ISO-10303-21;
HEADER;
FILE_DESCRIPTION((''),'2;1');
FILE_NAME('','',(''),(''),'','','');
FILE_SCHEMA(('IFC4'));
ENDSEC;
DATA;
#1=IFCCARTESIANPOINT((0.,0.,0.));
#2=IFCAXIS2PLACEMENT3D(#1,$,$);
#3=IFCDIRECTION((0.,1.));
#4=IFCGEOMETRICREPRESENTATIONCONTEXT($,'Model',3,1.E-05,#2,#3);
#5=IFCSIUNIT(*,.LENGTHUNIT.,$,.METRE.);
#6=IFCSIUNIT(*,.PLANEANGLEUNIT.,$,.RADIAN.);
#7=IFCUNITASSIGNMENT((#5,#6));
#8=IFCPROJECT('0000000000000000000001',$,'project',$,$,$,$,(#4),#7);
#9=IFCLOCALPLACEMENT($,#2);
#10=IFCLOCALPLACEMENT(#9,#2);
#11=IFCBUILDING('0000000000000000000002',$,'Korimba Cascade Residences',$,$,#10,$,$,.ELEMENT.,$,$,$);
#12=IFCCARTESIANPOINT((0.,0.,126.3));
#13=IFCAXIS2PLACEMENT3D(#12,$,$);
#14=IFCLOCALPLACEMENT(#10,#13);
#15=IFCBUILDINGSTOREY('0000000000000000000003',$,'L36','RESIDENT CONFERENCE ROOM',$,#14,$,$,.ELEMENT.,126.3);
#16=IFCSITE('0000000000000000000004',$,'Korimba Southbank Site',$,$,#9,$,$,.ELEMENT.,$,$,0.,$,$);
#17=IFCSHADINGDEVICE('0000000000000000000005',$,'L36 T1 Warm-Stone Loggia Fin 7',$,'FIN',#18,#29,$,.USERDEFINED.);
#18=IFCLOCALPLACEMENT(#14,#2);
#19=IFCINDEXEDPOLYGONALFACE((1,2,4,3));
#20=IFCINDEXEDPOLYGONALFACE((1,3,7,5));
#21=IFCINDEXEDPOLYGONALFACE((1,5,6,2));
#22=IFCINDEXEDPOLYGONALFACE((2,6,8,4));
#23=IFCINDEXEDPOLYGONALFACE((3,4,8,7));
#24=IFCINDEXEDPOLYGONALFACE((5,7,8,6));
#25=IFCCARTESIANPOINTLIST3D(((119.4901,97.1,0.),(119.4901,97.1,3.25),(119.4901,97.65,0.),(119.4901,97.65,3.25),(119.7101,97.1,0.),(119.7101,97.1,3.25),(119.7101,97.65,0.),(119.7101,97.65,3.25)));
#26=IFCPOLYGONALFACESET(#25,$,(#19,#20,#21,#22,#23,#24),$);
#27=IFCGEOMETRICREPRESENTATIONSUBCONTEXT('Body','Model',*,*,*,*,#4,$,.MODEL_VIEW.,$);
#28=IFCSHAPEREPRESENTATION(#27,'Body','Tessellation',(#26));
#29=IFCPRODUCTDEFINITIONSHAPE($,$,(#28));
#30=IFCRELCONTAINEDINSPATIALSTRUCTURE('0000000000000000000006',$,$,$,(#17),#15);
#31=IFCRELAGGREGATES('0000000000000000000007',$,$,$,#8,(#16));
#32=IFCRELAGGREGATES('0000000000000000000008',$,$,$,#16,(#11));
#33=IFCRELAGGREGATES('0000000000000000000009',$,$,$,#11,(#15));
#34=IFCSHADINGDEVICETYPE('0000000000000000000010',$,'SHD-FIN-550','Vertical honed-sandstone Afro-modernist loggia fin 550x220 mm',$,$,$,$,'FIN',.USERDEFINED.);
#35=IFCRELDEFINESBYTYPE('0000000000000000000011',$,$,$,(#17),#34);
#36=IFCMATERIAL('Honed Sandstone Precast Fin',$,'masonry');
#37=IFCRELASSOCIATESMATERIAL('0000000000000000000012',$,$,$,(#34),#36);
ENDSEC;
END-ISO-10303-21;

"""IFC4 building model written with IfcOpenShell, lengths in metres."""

from ifc_helpers import new_model, si_unit, direction, frame, origin, origin_2d, place, context, subcontext, project, spatial, rectangle, extrude, material, type_object, element, save


model = new_model("IFC4")

# Units and contexts
model_context = context("Model", 3, precision=1e-05, world=origin(), true_north=direction((0.0, 1.0)))
body_context = subcontext(model_context, "Body", "Model", "MODEL_VIEW")
ifc_project = project(units=[si_unit("LENGTHUNIT", "METRE"), si_unit("PLANEANGLEUNIT", "RADIAN")], contexts=[model_context])

# Site, building, storey
site_placement = place(None, origin())
site = spatial("IfcSite", under=ifc_project, at=site_placement, Name="Korimba Southbank Site", CompositionType="ELEMENT", RefElevation=0.0)
building_placement = place(site_placement, origin())
building = spatial("IfcBuilding", under=site, at=building_placement, Name="Korimba Cascade Residences", CompositionType="ELEMENT")
storey_placement = place(building_placement, frame((0.0, 0.0, 126.3)))
storey = spatial("IfcBuildingStorey", under=building, at=storey_placement, Name="L36", Description="RESIDENT CONFERENCE ROOM", CompositionType="ELEMENT", Elevation=126.3)

# Shading device
ifc_material_1 = material(Name="Honed Sandstone Precast Fin", Category="masonry")
shading_device_type = type_object("IfcShadingDeviceType", Name="SHD-FIN-550", Description="Vertical honed-sandstone Afro-modernist loggia fin 550x220 mm", ElementType="FIN", PredefinedType="USERDEFINED", material=ifc_material_1)
shading_device_placement = place(storey_placement, frame((119.6001, 97.375, 0.0), z_axis=(0.0, 0.0, 1.0), x_axis=(1.0, 0.0, 0.0)))
element("IfcShadingDevice", 1, at=shading_device_placement, inside=storey, type_object=shading_device_type, Name="L36 T1 Warm-Stone Loggia Fin 7", ObjectType="FIN", PredefinedType="USERDEFINED", context=body_context, shape_type="SweptSolid", body=[
    extrude(rectangle(XDim=0.22, YDim=0.55, at=origin_2d()), origin(), (0.0, 0.0, 1.0), 3.25),
])

save(model, "model.ifc")
